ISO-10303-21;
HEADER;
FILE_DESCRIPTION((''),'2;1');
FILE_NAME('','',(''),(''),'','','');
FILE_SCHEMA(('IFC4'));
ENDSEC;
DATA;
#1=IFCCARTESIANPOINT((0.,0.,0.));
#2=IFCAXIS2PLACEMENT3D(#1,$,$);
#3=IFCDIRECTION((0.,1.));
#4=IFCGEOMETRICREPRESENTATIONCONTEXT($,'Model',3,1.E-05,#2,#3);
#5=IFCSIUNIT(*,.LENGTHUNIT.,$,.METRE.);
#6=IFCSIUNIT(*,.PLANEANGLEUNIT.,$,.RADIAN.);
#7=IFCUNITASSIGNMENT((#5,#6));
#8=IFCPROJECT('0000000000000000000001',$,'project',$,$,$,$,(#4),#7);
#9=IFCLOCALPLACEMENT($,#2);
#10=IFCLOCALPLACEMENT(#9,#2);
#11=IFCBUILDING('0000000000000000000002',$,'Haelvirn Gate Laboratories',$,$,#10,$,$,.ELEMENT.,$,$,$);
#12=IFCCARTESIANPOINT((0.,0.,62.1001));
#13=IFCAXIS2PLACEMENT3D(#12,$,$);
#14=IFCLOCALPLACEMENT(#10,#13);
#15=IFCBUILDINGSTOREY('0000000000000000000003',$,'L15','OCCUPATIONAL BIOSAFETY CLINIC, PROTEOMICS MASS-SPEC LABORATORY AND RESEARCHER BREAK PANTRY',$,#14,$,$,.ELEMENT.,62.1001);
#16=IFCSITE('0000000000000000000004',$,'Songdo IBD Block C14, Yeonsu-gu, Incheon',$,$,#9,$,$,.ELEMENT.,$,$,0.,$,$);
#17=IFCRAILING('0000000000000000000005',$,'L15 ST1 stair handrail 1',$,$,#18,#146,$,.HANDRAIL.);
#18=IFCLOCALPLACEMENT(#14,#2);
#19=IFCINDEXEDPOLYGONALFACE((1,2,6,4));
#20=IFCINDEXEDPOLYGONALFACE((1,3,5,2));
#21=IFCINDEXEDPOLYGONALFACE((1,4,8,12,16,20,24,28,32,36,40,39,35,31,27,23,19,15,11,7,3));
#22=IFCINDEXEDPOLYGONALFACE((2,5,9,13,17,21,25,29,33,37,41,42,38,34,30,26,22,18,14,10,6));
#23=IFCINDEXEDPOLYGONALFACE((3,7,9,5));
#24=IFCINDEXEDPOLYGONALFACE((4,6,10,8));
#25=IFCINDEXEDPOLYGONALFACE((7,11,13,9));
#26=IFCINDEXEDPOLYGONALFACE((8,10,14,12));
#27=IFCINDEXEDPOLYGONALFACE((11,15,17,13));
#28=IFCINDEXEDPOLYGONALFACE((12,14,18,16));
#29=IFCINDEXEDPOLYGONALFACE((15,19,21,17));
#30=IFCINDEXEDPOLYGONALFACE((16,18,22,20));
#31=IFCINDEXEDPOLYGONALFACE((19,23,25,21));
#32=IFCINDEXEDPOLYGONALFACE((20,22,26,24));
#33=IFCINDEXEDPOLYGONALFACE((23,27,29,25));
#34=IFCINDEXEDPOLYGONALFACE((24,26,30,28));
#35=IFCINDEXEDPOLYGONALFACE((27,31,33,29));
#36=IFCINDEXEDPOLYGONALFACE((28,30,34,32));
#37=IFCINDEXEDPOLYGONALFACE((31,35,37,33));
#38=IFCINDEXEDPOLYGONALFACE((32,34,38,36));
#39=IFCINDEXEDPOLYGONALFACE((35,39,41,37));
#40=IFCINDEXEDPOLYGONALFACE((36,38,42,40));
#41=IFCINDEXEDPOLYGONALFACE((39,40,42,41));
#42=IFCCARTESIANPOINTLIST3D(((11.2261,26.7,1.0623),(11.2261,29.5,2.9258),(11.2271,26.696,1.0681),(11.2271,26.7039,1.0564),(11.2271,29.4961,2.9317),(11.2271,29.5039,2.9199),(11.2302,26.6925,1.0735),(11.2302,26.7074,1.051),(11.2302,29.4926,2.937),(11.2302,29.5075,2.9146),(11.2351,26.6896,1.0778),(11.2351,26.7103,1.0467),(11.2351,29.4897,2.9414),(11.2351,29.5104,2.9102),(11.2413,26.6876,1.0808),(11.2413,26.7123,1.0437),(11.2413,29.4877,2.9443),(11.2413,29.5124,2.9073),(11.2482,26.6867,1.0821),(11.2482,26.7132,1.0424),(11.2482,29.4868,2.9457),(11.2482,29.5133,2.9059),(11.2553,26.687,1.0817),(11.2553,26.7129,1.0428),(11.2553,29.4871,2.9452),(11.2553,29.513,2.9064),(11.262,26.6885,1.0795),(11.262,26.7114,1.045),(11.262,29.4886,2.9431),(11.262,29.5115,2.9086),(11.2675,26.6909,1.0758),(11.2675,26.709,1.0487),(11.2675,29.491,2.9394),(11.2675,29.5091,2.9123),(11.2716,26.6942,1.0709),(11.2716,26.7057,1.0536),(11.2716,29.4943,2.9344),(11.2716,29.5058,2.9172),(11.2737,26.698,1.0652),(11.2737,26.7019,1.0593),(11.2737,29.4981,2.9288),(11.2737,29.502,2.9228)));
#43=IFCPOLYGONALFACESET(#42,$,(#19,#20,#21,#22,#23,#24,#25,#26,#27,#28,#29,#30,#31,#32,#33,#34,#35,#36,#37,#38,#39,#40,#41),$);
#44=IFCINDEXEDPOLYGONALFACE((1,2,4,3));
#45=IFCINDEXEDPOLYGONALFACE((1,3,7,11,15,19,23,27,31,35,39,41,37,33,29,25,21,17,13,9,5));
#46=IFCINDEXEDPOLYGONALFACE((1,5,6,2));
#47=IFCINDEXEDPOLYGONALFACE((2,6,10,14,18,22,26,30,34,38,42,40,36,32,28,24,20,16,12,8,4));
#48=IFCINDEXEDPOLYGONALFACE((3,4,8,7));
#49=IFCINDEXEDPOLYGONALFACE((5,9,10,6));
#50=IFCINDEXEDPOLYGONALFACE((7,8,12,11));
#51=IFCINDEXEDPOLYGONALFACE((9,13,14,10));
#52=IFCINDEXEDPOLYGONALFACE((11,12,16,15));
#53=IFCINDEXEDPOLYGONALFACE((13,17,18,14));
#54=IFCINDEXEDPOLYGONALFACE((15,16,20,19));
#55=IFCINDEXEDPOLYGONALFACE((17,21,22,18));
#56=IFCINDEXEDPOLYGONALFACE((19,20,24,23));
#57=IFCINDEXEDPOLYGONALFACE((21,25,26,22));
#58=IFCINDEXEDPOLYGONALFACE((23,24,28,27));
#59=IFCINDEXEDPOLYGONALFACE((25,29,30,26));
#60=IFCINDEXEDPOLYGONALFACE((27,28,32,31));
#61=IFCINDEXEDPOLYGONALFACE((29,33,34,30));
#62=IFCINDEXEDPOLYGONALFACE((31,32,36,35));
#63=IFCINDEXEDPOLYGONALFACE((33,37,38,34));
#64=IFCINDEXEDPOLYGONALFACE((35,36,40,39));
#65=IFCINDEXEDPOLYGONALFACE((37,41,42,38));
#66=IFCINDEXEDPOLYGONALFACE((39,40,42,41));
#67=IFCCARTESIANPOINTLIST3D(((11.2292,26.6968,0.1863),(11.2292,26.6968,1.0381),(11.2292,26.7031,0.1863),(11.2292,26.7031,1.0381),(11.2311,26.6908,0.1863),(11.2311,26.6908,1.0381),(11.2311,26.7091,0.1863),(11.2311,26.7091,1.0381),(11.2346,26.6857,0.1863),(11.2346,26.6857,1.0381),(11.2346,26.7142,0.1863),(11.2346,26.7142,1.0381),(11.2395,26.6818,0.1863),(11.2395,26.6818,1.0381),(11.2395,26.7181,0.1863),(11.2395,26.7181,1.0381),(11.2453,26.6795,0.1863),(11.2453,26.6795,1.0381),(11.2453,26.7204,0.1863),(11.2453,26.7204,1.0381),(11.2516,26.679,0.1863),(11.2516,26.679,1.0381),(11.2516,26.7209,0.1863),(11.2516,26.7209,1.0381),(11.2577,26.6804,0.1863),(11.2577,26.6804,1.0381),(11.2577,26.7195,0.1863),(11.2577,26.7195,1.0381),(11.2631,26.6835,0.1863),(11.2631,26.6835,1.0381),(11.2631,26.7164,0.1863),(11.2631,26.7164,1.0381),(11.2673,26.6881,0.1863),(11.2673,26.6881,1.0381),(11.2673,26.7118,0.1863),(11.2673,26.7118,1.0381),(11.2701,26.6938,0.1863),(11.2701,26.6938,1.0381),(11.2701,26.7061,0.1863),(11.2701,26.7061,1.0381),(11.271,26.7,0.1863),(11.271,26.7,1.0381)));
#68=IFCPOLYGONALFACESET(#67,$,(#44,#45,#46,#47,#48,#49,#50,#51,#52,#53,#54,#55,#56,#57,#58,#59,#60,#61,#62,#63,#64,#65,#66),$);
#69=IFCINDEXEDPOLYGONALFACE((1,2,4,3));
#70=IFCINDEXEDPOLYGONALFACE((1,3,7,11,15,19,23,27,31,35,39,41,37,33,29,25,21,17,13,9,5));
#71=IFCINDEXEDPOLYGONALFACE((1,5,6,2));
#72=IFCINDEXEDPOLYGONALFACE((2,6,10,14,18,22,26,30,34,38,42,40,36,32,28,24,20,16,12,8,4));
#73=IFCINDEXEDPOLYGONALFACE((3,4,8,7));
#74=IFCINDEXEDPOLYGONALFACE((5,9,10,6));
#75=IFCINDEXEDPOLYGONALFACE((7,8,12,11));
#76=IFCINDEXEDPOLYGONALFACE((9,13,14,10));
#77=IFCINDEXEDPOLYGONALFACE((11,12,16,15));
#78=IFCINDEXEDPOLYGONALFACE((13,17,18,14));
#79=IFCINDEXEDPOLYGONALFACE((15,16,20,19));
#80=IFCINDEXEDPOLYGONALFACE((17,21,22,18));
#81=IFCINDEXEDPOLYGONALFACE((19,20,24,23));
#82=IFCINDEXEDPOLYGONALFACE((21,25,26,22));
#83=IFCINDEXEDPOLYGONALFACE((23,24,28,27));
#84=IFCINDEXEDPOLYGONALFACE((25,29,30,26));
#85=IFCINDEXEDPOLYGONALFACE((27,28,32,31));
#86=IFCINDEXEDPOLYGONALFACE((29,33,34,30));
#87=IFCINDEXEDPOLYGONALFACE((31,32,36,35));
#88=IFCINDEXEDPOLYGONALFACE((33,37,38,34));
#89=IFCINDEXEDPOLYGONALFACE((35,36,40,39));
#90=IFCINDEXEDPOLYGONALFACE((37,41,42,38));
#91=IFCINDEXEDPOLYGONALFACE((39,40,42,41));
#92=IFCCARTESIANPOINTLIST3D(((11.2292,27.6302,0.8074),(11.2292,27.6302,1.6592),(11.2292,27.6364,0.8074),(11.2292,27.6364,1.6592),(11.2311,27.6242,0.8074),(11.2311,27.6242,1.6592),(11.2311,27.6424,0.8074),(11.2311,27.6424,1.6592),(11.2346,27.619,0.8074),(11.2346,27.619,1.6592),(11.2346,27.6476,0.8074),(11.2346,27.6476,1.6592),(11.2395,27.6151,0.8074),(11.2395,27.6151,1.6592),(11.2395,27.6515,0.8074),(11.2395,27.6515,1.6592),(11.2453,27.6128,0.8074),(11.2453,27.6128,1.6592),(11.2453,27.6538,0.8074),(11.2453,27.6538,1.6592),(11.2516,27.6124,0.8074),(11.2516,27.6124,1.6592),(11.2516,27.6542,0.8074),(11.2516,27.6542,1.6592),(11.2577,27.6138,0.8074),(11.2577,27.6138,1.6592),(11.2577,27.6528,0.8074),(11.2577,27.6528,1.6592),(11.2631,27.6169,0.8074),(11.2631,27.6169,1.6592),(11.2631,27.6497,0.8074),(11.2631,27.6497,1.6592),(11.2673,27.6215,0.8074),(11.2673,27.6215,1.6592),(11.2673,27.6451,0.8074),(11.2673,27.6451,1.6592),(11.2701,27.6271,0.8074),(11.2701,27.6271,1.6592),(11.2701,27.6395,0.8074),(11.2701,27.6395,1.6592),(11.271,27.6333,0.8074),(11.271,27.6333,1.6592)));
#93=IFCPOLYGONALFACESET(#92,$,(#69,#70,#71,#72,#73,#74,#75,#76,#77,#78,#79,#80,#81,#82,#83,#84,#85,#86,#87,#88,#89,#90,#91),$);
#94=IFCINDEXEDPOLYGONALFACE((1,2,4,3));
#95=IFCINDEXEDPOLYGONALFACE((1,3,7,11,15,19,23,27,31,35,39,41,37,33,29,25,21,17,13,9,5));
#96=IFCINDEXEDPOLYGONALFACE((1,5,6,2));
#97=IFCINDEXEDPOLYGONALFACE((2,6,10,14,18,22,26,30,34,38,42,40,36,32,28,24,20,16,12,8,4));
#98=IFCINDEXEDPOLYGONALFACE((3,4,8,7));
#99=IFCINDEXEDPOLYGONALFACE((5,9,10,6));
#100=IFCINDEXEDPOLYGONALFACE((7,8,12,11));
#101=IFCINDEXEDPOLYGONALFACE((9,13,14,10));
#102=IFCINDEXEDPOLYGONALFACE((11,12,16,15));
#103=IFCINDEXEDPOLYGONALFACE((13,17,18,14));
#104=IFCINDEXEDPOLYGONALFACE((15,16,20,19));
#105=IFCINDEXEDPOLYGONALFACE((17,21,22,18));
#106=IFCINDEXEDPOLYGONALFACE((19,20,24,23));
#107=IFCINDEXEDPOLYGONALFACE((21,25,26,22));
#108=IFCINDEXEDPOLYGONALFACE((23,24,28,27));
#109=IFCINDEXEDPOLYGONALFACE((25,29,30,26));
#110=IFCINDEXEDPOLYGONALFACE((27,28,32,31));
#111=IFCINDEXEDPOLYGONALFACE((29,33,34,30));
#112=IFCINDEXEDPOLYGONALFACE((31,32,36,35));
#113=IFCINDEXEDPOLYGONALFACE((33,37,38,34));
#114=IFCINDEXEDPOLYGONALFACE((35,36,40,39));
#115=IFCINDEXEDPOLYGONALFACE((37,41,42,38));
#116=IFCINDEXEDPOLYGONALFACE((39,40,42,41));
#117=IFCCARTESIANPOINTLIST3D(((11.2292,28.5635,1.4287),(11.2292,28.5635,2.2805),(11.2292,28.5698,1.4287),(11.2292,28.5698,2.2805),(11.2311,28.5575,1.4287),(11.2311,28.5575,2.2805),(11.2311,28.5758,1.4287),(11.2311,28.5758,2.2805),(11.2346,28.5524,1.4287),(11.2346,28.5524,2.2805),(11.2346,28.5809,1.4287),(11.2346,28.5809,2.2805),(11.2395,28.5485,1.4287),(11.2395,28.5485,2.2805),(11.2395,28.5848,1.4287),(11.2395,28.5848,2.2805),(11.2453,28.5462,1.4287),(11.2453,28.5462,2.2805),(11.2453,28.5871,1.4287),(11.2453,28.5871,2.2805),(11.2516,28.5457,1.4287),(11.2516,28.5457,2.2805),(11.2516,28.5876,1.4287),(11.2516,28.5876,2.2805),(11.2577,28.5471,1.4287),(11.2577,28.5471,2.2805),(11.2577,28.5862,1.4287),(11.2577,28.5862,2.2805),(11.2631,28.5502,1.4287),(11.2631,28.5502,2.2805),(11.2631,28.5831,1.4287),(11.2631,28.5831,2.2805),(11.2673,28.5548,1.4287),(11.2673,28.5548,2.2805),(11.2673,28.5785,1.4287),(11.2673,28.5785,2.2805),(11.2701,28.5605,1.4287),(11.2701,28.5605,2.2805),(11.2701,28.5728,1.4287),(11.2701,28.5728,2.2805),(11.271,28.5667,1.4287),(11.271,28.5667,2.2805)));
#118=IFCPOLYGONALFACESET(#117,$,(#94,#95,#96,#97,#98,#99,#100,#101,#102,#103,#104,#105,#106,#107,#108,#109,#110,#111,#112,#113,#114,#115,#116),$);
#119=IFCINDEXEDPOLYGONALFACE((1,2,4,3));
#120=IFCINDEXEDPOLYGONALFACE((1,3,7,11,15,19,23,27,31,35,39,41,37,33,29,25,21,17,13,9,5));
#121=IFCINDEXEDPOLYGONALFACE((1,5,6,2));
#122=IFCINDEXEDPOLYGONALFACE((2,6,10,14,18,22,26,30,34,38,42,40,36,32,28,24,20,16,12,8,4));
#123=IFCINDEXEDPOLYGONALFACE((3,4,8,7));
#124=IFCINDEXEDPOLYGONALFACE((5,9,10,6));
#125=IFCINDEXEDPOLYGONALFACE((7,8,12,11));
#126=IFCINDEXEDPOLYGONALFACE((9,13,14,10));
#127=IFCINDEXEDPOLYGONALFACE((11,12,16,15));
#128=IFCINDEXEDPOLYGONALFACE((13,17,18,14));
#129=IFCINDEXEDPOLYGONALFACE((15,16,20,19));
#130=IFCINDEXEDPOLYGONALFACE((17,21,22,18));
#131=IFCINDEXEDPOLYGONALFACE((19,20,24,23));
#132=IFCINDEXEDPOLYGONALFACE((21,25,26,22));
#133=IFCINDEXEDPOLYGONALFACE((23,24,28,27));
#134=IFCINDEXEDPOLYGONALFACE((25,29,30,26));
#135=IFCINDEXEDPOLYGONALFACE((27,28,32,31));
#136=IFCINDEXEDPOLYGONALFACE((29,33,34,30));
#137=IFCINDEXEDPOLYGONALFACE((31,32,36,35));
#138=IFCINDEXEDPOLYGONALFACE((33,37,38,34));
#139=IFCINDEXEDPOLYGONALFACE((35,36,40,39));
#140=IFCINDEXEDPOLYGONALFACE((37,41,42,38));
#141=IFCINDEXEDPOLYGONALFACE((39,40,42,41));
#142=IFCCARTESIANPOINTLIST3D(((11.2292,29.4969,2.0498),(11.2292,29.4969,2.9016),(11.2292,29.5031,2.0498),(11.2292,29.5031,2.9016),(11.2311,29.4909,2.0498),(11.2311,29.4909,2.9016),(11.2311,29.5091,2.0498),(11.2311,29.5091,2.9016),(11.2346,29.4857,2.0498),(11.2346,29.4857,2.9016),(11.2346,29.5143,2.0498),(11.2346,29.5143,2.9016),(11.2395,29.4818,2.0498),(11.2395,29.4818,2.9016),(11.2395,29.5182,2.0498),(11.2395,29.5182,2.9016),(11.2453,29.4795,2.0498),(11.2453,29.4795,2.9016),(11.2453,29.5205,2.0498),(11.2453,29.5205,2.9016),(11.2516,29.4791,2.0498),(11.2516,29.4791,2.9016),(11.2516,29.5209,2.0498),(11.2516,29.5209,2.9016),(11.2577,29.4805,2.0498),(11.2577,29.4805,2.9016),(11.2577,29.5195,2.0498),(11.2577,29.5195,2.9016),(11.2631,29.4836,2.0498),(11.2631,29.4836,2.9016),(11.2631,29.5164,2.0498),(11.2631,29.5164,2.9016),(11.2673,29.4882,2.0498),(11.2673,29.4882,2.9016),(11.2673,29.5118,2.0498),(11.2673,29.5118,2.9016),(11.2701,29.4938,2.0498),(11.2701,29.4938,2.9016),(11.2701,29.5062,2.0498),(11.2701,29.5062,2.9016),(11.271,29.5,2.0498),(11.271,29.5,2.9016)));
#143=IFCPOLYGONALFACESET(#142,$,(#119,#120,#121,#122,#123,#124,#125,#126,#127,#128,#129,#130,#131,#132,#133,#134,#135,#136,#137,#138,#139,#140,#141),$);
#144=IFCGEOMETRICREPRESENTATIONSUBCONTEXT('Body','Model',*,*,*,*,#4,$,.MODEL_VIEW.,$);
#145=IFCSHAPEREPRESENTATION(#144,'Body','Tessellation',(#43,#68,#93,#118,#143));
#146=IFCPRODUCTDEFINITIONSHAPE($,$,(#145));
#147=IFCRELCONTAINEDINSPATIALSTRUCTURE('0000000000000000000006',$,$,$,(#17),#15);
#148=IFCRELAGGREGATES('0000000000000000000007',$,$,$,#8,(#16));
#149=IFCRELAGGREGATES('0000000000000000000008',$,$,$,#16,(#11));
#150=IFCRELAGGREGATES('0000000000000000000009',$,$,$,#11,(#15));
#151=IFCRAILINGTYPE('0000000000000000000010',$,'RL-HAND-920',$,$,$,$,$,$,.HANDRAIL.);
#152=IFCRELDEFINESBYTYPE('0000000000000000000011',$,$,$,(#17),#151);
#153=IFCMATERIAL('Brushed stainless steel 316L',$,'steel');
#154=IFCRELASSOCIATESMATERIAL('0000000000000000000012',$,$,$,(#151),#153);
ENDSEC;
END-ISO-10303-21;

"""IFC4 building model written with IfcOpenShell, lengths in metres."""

from ifc_helpers import new_model, si_unit, direction, frame, origin, origin_2d, place, context, subcontext, project, spatial, circle, extrude, source, transform, mapped, material, type_object, type_shapes, element, save


model = new_model("IFC4")

# Units and contexts
model_context = context("Model", 3, precision=1e-05, world=origin(), true_north=direction((0.0, 1.0)))
body_context = subcontext(model_context, "Body", "Model", "MODEL_VIEW")
ifc_project = project(units=[si_unit("LENGTHUNIT", "METRE"), si_unit("PLANEANGLEUNIT", "RADIAN")], contexts=[model_context])

# Site, building, storey
site_placement = place(None, origin())
site = spatial("IfcSite", under=ifc_project, at=site_placement, Name="Songdo IBD Block C14, Yeonsu-gu, Incheon", CompositionType="ELEMENT", RefElevation=0.0)
building_placement = place(site_placement, origin())
building = spatial("IfcBuilding", under=site, at=building_placement, Name="Haelvirn Gate Laboratories", CompositionType="ELEMENT")
storey_placement = place(building_placement, frame((0.0, 0.0, 62.1001)))
storey = spatial("IfcBuildingStorey", under=building, at=storey_placement, Name="L15", Description="OCCUPATIONAL BIOSAFETY CLINIC, PROTEOMICS MASS-SPEC LABORATORY AND RESEARCHER BREAK PANTRY", CompositionType="ELEMENT", Elevation=62.1001)

# Railing
ifc_material_1 = material(Name="Brushed stainless steel 316L", Category="steel")
railing_type = type_object("IfcRailingType", Name="RL-HAND-920", PredefinedType="HANDRAIL", material=ifc_material_1)
shared_shape_1 = source(origin(), body_context, "Body", "SweptSolid", [
    extrude(circle(Radius=0.0239, at=origin_2d()), frame((0.0, 0.0, 0.876), z_axis=(0.0, 0.832486, 0.554047), x_axis=(-1.0, 0.0, 0.0)), (0.0, 0.0, 1.0), 3.3635),
    extrude(circle(Radius=0.021, at=origin_2d()), origin(), (0.0, 0.0, 1.0), 0.8518),
    extrude(circle(Radius=0.021, at=origin_2d()), frame((0.0, 0.9333, 0.6211)), (0.0, 0.0, 1.0), 0.8518),
    extrude(circle(Radius=0.021, at=origin_2d()), frame((0.0, 1.8667, 1.2424)), (0.0, 0.0, 1.0), 0.8518),
    extrude(circle(Radius=0.021, at=origin_2d()), frame((0.0, 2.8, 1.8635)), (0.0, 0.0, 1.0), 0.8518),
])
type_shapes(railing_type, [shared_shape_1])
railing_placement = place(storey_placement, frame((11.25, 26.7, 0.1863)))
element("IfcRailing", 1, at=railing_placement, inside=storey, type_object=railing_type, Name="L15 ST1 stair handrail 1", PredefinedType="HANDRAIL", context=body_context, shape_type="MappedRepresentation", body=[
    mapped(shared_shape_1, transform((0.0, 0.0, 0.0), scale=1.0)),
])

save(model, "model.ifc")
